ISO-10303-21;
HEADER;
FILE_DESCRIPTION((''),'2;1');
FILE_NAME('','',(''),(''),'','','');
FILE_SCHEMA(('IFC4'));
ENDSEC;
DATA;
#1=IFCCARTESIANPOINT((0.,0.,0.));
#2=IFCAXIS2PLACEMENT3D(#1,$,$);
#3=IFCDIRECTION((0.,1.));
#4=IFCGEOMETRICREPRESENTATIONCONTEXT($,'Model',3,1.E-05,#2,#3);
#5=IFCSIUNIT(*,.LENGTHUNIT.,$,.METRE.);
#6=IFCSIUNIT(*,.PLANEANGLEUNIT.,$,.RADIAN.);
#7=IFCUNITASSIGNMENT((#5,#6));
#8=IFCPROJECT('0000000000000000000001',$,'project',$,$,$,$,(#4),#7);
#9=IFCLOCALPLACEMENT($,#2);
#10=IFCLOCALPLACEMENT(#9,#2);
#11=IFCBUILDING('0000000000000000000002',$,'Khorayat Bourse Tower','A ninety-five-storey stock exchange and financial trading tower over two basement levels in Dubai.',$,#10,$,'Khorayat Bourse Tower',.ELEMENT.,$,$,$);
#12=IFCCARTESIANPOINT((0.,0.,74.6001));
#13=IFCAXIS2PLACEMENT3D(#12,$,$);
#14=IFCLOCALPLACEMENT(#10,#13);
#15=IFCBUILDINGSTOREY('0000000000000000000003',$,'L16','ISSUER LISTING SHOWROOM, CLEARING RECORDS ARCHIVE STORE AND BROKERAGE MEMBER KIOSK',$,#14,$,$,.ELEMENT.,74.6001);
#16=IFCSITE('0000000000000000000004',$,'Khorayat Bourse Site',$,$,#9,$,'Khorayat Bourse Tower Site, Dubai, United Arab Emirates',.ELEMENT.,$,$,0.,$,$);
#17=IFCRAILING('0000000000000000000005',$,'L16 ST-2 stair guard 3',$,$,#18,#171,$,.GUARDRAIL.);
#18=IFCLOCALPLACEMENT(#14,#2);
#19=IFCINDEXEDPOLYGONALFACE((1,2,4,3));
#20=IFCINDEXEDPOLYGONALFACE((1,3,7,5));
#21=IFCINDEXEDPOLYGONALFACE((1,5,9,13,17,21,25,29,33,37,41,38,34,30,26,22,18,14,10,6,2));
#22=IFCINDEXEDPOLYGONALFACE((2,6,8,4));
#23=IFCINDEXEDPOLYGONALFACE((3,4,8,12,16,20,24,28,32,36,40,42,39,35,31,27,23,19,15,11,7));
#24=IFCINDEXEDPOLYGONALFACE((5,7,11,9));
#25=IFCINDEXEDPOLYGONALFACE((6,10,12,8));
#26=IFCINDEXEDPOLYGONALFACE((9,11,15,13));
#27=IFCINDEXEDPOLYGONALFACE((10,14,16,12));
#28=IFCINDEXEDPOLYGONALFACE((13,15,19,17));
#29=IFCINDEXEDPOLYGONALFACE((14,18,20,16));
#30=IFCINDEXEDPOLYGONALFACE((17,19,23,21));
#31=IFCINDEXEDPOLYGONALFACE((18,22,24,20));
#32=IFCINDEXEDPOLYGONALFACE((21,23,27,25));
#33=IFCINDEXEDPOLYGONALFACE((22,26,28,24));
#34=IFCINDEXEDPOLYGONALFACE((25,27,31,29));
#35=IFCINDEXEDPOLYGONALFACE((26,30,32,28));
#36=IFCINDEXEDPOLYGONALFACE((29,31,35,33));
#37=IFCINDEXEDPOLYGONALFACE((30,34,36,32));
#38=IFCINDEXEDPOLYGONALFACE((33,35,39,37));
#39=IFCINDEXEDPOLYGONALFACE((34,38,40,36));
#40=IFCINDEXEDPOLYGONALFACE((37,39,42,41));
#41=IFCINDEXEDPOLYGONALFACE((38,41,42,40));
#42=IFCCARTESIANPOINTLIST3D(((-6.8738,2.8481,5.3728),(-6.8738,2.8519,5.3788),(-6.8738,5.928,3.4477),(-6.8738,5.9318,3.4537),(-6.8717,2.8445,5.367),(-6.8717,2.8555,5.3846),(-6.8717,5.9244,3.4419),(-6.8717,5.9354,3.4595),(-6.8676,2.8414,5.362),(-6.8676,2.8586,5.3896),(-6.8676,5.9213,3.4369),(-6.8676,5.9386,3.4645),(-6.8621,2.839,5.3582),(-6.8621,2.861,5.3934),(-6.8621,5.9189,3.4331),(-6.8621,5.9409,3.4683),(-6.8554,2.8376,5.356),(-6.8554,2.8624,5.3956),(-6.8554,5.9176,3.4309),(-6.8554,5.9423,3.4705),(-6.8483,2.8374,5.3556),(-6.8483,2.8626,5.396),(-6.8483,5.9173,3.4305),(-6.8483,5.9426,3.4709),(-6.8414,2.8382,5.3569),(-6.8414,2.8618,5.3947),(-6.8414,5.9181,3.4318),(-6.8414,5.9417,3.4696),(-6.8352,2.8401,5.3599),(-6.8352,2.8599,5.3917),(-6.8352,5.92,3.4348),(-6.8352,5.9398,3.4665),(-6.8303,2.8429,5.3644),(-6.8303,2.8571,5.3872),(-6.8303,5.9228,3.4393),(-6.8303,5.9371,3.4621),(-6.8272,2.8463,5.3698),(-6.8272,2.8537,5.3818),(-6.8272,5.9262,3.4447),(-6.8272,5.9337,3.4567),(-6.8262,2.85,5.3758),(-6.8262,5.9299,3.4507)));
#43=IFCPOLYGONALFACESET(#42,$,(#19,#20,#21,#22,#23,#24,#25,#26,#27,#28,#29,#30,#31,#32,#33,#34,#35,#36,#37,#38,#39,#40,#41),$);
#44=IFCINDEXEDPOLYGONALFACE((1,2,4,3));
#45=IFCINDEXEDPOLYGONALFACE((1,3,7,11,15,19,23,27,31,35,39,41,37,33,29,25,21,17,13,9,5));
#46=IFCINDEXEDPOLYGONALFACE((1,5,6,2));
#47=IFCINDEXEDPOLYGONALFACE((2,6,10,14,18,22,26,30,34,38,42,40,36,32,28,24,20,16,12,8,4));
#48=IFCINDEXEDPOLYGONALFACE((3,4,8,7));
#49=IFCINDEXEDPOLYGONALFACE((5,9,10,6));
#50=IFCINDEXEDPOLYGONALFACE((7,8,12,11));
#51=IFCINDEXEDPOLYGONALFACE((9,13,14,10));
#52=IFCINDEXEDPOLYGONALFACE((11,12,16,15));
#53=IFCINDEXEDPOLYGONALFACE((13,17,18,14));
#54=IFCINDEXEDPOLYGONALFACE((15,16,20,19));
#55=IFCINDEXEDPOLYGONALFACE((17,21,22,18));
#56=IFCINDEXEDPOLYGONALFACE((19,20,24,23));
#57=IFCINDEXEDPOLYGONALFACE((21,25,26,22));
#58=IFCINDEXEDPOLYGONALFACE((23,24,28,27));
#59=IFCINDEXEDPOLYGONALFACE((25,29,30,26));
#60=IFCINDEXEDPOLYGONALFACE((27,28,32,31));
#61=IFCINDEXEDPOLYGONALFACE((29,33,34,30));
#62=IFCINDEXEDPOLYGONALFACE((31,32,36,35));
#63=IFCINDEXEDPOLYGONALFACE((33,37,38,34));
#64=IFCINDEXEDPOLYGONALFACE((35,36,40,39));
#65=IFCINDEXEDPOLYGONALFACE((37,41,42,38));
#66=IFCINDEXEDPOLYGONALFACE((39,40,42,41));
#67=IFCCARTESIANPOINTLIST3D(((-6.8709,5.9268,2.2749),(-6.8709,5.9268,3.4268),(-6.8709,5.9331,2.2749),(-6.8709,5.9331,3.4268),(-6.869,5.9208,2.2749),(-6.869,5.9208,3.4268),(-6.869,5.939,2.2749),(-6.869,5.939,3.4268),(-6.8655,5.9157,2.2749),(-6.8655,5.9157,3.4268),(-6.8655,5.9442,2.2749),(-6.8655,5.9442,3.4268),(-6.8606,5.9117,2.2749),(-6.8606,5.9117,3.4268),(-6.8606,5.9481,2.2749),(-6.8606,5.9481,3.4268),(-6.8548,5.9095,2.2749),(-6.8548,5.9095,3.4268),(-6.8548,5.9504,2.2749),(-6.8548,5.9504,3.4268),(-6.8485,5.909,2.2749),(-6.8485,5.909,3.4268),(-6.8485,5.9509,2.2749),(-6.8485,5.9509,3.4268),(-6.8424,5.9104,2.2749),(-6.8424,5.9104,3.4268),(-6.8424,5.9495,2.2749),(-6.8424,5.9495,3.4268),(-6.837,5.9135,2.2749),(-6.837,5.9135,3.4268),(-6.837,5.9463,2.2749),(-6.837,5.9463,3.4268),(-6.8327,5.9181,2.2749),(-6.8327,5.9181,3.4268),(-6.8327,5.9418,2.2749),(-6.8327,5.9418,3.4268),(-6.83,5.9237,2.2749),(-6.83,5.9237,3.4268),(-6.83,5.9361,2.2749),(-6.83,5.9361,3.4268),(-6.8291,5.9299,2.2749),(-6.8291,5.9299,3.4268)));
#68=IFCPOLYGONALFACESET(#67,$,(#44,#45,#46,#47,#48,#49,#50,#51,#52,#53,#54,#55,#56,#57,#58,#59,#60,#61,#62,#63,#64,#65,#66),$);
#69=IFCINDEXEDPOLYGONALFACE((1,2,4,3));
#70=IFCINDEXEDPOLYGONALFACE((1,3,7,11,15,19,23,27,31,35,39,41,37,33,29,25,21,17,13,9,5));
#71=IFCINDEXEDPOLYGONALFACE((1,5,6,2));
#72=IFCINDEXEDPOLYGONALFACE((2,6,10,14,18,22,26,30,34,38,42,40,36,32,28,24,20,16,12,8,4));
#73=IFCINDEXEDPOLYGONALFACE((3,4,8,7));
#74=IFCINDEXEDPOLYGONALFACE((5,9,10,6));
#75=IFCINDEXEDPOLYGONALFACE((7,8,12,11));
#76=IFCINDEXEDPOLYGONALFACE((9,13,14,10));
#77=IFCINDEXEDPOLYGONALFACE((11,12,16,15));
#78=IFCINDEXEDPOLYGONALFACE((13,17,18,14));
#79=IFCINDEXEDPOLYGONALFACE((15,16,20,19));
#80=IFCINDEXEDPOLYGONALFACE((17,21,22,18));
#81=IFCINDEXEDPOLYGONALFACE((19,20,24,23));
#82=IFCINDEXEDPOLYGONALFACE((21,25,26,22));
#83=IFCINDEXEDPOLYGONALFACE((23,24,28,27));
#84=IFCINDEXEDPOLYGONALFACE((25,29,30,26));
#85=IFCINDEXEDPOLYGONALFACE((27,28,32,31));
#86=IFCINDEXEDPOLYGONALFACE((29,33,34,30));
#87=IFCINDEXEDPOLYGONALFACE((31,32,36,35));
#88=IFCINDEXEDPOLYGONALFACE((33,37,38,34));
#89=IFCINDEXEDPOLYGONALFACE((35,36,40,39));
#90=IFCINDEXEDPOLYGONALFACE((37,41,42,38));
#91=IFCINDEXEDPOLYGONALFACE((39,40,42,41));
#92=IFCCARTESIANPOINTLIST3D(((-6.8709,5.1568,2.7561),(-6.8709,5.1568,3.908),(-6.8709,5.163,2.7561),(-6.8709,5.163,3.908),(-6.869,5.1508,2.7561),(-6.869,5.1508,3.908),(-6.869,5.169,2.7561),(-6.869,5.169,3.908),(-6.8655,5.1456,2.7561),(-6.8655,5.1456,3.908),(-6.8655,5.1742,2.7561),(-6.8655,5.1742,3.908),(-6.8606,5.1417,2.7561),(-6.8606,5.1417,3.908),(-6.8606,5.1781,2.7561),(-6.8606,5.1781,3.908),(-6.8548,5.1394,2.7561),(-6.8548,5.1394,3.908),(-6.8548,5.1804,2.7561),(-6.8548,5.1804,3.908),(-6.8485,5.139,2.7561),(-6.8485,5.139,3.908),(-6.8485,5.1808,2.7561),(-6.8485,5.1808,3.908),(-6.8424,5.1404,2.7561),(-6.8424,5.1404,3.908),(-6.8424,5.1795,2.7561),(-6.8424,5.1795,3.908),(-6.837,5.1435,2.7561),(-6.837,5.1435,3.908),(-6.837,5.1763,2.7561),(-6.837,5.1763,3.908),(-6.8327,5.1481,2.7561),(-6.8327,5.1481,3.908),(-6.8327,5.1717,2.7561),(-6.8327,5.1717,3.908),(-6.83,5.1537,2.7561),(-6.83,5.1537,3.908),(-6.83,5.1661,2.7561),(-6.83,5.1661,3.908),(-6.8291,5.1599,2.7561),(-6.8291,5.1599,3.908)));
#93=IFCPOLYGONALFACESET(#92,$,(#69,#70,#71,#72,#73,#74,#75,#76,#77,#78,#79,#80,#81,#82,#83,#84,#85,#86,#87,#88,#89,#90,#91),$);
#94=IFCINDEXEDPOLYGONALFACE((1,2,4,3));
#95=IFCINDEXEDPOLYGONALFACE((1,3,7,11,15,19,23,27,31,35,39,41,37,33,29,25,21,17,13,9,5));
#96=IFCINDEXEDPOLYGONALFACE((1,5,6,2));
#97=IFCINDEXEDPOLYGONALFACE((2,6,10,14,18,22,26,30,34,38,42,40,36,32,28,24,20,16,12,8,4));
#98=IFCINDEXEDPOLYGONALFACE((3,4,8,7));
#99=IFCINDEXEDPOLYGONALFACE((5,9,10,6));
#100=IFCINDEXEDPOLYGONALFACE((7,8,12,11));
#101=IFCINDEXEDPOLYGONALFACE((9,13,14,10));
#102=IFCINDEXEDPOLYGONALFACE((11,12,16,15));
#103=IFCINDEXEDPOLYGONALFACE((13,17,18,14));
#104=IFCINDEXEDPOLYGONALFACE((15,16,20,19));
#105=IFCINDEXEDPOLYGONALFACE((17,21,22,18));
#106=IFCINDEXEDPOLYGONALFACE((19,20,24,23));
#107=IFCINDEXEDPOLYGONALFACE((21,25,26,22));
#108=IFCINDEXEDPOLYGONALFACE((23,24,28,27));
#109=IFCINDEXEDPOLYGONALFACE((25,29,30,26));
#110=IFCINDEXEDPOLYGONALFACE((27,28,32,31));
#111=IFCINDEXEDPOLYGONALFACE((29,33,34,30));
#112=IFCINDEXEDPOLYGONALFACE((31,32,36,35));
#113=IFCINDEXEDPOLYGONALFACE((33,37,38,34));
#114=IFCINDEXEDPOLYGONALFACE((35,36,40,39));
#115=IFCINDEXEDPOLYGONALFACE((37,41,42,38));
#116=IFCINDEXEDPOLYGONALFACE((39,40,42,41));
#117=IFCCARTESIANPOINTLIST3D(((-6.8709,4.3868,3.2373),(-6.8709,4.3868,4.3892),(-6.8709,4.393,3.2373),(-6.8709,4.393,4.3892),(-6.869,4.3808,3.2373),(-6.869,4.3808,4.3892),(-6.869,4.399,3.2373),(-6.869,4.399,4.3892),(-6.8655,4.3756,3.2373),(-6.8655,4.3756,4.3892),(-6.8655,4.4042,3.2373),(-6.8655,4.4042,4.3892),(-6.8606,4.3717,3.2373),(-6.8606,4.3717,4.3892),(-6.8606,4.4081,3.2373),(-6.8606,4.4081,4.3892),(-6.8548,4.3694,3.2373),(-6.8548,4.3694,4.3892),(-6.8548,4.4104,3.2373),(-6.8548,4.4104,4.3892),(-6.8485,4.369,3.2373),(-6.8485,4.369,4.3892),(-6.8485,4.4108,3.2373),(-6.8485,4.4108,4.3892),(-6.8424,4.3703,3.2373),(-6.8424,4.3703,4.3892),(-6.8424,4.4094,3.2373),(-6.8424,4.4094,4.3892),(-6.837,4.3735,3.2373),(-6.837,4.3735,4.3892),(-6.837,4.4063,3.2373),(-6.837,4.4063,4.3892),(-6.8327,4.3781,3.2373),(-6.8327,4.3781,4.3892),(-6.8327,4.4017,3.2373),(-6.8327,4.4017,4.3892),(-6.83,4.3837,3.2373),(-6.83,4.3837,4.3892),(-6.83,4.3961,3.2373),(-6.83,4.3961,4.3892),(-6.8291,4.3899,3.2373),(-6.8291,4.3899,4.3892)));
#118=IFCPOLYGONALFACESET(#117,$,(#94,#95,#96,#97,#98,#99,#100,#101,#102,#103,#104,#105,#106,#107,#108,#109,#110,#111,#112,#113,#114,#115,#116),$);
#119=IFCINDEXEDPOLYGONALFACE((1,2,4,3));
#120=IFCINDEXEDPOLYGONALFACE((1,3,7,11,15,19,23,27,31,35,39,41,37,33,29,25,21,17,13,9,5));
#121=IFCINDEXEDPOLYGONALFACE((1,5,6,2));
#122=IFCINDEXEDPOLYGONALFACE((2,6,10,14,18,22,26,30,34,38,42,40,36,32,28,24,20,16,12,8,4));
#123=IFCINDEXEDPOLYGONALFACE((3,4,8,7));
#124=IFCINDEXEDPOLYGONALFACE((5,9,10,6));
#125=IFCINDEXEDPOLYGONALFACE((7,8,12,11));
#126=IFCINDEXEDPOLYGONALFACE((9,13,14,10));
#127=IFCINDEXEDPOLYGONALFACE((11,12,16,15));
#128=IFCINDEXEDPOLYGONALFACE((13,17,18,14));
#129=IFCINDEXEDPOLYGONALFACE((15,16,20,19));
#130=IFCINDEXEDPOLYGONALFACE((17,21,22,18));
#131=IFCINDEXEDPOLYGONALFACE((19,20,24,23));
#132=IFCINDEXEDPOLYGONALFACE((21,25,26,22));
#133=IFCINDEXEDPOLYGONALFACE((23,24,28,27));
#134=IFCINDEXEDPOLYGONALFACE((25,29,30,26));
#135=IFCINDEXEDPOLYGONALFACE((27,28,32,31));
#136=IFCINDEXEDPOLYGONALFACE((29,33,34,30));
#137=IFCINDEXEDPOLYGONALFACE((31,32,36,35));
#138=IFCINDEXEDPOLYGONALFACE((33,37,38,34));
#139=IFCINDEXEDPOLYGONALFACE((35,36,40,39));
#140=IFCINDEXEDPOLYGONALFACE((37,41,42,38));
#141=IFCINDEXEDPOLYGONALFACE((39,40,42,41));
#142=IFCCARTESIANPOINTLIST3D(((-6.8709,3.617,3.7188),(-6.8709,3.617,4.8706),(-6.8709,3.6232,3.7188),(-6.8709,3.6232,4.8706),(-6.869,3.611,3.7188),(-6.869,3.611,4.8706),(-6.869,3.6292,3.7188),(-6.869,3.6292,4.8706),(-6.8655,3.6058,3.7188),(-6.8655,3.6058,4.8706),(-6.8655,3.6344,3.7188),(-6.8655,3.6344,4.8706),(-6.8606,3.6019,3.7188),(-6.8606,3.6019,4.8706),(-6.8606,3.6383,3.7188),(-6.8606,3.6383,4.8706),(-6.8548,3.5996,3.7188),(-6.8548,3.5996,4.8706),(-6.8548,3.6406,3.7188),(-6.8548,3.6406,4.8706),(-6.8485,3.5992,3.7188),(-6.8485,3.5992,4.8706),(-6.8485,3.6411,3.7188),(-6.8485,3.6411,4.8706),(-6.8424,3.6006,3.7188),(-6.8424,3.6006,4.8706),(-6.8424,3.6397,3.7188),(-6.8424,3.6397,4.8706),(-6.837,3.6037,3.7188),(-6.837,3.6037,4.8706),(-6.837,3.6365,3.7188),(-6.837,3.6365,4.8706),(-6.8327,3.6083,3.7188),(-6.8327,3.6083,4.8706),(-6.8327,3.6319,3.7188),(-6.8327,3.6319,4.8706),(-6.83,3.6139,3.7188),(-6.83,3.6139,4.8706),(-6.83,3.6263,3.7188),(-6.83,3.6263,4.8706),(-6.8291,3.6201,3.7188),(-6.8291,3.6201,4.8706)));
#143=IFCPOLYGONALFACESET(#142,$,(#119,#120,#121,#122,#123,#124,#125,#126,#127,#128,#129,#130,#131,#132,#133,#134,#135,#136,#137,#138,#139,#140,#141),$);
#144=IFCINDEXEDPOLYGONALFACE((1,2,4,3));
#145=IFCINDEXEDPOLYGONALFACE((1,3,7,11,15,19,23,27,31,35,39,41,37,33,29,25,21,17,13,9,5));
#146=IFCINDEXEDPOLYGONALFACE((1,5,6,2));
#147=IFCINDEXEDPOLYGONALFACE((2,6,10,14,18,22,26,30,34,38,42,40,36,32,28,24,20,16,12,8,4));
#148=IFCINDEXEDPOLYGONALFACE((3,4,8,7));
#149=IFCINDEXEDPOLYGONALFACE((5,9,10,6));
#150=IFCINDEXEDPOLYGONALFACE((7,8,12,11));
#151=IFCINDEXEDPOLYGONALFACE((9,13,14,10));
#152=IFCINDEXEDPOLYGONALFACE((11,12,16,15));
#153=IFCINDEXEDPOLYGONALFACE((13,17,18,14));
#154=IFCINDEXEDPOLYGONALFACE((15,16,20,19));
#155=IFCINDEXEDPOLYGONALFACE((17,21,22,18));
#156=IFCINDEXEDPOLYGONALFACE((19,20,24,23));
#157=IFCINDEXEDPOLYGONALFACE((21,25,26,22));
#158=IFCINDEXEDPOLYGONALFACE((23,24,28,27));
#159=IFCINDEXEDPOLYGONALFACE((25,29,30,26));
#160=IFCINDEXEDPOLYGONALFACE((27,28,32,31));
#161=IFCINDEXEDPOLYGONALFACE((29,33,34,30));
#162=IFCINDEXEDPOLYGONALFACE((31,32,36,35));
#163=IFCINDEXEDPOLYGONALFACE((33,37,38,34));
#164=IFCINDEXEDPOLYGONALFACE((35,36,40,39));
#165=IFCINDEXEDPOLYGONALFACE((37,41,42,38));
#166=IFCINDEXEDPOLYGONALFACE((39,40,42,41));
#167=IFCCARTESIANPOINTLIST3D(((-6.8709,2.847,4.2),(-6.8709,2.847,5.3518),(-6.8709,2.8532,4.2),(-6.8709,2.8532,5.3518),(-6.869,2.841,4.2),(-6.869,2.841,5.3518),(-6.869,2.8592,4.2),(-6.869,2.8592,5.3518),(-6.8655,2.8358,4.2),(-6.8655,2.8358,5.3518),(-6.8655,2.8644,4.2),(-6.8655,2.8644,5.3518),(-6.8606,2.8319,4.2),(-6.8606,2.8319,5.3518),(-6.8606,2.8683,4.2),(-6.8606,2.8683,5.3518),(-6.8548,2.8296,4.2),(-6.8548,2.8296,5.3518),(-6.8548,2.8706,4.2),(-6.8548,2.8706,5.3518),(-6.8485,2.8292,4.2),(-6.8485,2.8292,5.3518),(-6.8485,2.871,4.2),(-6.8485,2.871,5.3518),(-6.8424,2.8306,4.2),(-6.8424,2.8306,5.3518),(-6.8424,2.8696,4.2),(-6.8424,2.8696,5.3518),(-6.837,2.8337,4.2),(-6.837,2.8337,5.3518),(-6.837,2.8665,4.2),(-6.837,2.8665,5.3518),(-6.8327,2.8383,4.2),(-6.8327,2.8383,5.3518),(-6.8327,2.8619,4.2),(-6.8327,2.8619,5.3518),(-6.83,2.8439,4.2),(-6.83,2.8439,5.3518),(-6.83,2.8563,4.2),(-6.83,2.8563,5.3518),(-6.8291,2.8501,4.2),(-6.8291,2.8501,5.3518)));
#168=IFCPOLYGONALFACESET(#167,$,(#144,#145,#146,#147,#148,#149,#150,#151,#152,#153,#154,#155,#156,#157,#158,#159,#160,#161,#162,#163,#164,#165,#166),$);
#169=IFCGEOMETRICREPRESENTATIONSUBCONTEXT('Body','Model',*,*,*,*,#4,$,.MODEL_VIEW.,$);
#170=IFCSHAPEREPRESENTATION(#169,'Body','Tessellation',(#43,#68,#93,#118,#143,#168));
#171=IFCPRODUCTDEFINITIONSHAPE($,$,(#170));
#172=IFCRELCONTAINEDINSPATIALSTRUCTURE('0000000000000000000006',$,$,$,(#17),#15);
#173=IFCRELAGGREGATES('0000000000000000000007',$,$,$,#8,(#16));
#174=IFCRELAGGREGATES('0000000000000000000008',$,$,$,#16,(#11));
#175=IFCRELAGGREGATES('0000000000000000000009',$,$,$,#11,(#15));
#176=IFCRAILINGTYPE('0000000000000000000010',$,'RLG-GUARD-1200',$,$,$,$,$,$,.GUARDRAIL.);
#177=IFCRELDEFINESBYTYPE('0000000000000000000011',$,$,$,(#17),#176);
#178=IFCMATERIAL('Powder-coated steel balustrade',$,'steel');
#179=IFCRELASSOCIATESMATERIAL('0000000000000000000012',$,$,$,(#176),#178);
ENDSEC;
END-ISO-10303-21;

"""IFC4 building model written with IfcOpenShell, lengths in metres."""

from ifc_helpers import new_model, si_unit, direction, frame, origin, origin_2d, place, context, subcontext, project, spatial, circle, extrude, source, transform, mapped, material, type_object, element, save


model = new_model("IFC4")

# Units and contexts
model_context = context("Model", 3, precision=1e-05, world=origin(), true_north=direction((0.0, 1.0)))
body_context = subcontext(model_context, "Body", "Model", "MODEL_VIEW")
ifc_project = project(units=[si_unit("LENGTHUNIT", "METRE"), si_unit("PLANEANGLEUNIT", "RADIAN")], contexts=[model_context])

# Site, building, storey
site_placement = place(None, origin())
site = spatial("IfcSite", under=ifc_project, at=site_placement, Name="Khorayat Bourse Site", LongName="Khorayat Bourse Tower Site, Dubai, United Arab Emirates", CompositionType="ELEMENT", RefElevation=0.0)
building_placement = place(site_placement, origin())
building = spatial("IfcBuilding", under=site, at=building_placement, Name="Khorayat Bourse Tower", Description="A ninety-five-storey stock exchange and financial trading tower over two basement levels in Dubai.", LongName="Khorayat Bourse Tower", CompositionType="ELEMENT")
storey_placement = place(building_placement, frame((0.0, 0.0, 74.6001)))
storey = spatial("IfcBuildingStorey", under=building, at=storey_placement, Name="L16", Description="ISSUER LISTING SHOWROOM, CLEARING RECORDS ARCHIVE STORE AND BROKERAGE MEMBER KIOSK", CompositionType="ELEMENT", Elevation=74.6001)

# Railing
ifc_material_1 = material(Name="Powder-coated steel balustrade", Category="steel")
railing_type_1 = type_object("IfcRailingType", Name="RLG-GUARD-1200", PredefinedType="GUARDRAIL", material=ifc_material_1)
shared_shape_1 = source(origin(), body_context, "Body", "SweptSolid", [
    extrude(circle(Radius=0.0239, at=origin_2d()), frame((0.0, 0.0, 1.1758), z_axis=(0.0, -0.847979, 0.530029), x_axis=(1.0, 0.0, 0.0)), (0.0, 0.0, 1.0), 3.6321),
    extrude(circle(Radius=0.021, at=origin_2d()), origin(), (0.0, 0.0, 1.0), 1.1519),
    extrude(circle(Radius=0.021, at=origin_2d()), frame((0.0, -0.77, 0.4812)), (0.0, 0.0, 1.0), 1.1519),
    extrude(circle(Radius=0.021, at=origin_2d()), frame((0.0, -1.54, 0.9624)), (0.0, 0.0, 1.0), 1.1519),
    extrude(circle(Radius=0.021, at=origin_2d()), frame((0.0, -2.3098, 1.4438)), (0.0, 0.0, 1.0), 1.1519),
    extrude(circle(Radius=0.021, at=origin_2d()), frame((0.0, -3.0798, 1.925)), (0.0, 0.0, 1.0), 1.1519),
])
railing_1_placement = place(storey_placement, frame((-6.8501, 5.9299, 2.2749)))
element("IfcRailing", 1, at=railing_1_placement, inside=storey, type_object=railing_type_1, Name="L16 ST-2 stair guard 3", PredefinedType="GUARDRAIL", context=body_context, shape_type="MappedRepresentation", body=[
    mapped(shared_shape_1, transform((0.0, 0.0, 0.0), scale=1.0)),
])

save(model, "model.ifc")
